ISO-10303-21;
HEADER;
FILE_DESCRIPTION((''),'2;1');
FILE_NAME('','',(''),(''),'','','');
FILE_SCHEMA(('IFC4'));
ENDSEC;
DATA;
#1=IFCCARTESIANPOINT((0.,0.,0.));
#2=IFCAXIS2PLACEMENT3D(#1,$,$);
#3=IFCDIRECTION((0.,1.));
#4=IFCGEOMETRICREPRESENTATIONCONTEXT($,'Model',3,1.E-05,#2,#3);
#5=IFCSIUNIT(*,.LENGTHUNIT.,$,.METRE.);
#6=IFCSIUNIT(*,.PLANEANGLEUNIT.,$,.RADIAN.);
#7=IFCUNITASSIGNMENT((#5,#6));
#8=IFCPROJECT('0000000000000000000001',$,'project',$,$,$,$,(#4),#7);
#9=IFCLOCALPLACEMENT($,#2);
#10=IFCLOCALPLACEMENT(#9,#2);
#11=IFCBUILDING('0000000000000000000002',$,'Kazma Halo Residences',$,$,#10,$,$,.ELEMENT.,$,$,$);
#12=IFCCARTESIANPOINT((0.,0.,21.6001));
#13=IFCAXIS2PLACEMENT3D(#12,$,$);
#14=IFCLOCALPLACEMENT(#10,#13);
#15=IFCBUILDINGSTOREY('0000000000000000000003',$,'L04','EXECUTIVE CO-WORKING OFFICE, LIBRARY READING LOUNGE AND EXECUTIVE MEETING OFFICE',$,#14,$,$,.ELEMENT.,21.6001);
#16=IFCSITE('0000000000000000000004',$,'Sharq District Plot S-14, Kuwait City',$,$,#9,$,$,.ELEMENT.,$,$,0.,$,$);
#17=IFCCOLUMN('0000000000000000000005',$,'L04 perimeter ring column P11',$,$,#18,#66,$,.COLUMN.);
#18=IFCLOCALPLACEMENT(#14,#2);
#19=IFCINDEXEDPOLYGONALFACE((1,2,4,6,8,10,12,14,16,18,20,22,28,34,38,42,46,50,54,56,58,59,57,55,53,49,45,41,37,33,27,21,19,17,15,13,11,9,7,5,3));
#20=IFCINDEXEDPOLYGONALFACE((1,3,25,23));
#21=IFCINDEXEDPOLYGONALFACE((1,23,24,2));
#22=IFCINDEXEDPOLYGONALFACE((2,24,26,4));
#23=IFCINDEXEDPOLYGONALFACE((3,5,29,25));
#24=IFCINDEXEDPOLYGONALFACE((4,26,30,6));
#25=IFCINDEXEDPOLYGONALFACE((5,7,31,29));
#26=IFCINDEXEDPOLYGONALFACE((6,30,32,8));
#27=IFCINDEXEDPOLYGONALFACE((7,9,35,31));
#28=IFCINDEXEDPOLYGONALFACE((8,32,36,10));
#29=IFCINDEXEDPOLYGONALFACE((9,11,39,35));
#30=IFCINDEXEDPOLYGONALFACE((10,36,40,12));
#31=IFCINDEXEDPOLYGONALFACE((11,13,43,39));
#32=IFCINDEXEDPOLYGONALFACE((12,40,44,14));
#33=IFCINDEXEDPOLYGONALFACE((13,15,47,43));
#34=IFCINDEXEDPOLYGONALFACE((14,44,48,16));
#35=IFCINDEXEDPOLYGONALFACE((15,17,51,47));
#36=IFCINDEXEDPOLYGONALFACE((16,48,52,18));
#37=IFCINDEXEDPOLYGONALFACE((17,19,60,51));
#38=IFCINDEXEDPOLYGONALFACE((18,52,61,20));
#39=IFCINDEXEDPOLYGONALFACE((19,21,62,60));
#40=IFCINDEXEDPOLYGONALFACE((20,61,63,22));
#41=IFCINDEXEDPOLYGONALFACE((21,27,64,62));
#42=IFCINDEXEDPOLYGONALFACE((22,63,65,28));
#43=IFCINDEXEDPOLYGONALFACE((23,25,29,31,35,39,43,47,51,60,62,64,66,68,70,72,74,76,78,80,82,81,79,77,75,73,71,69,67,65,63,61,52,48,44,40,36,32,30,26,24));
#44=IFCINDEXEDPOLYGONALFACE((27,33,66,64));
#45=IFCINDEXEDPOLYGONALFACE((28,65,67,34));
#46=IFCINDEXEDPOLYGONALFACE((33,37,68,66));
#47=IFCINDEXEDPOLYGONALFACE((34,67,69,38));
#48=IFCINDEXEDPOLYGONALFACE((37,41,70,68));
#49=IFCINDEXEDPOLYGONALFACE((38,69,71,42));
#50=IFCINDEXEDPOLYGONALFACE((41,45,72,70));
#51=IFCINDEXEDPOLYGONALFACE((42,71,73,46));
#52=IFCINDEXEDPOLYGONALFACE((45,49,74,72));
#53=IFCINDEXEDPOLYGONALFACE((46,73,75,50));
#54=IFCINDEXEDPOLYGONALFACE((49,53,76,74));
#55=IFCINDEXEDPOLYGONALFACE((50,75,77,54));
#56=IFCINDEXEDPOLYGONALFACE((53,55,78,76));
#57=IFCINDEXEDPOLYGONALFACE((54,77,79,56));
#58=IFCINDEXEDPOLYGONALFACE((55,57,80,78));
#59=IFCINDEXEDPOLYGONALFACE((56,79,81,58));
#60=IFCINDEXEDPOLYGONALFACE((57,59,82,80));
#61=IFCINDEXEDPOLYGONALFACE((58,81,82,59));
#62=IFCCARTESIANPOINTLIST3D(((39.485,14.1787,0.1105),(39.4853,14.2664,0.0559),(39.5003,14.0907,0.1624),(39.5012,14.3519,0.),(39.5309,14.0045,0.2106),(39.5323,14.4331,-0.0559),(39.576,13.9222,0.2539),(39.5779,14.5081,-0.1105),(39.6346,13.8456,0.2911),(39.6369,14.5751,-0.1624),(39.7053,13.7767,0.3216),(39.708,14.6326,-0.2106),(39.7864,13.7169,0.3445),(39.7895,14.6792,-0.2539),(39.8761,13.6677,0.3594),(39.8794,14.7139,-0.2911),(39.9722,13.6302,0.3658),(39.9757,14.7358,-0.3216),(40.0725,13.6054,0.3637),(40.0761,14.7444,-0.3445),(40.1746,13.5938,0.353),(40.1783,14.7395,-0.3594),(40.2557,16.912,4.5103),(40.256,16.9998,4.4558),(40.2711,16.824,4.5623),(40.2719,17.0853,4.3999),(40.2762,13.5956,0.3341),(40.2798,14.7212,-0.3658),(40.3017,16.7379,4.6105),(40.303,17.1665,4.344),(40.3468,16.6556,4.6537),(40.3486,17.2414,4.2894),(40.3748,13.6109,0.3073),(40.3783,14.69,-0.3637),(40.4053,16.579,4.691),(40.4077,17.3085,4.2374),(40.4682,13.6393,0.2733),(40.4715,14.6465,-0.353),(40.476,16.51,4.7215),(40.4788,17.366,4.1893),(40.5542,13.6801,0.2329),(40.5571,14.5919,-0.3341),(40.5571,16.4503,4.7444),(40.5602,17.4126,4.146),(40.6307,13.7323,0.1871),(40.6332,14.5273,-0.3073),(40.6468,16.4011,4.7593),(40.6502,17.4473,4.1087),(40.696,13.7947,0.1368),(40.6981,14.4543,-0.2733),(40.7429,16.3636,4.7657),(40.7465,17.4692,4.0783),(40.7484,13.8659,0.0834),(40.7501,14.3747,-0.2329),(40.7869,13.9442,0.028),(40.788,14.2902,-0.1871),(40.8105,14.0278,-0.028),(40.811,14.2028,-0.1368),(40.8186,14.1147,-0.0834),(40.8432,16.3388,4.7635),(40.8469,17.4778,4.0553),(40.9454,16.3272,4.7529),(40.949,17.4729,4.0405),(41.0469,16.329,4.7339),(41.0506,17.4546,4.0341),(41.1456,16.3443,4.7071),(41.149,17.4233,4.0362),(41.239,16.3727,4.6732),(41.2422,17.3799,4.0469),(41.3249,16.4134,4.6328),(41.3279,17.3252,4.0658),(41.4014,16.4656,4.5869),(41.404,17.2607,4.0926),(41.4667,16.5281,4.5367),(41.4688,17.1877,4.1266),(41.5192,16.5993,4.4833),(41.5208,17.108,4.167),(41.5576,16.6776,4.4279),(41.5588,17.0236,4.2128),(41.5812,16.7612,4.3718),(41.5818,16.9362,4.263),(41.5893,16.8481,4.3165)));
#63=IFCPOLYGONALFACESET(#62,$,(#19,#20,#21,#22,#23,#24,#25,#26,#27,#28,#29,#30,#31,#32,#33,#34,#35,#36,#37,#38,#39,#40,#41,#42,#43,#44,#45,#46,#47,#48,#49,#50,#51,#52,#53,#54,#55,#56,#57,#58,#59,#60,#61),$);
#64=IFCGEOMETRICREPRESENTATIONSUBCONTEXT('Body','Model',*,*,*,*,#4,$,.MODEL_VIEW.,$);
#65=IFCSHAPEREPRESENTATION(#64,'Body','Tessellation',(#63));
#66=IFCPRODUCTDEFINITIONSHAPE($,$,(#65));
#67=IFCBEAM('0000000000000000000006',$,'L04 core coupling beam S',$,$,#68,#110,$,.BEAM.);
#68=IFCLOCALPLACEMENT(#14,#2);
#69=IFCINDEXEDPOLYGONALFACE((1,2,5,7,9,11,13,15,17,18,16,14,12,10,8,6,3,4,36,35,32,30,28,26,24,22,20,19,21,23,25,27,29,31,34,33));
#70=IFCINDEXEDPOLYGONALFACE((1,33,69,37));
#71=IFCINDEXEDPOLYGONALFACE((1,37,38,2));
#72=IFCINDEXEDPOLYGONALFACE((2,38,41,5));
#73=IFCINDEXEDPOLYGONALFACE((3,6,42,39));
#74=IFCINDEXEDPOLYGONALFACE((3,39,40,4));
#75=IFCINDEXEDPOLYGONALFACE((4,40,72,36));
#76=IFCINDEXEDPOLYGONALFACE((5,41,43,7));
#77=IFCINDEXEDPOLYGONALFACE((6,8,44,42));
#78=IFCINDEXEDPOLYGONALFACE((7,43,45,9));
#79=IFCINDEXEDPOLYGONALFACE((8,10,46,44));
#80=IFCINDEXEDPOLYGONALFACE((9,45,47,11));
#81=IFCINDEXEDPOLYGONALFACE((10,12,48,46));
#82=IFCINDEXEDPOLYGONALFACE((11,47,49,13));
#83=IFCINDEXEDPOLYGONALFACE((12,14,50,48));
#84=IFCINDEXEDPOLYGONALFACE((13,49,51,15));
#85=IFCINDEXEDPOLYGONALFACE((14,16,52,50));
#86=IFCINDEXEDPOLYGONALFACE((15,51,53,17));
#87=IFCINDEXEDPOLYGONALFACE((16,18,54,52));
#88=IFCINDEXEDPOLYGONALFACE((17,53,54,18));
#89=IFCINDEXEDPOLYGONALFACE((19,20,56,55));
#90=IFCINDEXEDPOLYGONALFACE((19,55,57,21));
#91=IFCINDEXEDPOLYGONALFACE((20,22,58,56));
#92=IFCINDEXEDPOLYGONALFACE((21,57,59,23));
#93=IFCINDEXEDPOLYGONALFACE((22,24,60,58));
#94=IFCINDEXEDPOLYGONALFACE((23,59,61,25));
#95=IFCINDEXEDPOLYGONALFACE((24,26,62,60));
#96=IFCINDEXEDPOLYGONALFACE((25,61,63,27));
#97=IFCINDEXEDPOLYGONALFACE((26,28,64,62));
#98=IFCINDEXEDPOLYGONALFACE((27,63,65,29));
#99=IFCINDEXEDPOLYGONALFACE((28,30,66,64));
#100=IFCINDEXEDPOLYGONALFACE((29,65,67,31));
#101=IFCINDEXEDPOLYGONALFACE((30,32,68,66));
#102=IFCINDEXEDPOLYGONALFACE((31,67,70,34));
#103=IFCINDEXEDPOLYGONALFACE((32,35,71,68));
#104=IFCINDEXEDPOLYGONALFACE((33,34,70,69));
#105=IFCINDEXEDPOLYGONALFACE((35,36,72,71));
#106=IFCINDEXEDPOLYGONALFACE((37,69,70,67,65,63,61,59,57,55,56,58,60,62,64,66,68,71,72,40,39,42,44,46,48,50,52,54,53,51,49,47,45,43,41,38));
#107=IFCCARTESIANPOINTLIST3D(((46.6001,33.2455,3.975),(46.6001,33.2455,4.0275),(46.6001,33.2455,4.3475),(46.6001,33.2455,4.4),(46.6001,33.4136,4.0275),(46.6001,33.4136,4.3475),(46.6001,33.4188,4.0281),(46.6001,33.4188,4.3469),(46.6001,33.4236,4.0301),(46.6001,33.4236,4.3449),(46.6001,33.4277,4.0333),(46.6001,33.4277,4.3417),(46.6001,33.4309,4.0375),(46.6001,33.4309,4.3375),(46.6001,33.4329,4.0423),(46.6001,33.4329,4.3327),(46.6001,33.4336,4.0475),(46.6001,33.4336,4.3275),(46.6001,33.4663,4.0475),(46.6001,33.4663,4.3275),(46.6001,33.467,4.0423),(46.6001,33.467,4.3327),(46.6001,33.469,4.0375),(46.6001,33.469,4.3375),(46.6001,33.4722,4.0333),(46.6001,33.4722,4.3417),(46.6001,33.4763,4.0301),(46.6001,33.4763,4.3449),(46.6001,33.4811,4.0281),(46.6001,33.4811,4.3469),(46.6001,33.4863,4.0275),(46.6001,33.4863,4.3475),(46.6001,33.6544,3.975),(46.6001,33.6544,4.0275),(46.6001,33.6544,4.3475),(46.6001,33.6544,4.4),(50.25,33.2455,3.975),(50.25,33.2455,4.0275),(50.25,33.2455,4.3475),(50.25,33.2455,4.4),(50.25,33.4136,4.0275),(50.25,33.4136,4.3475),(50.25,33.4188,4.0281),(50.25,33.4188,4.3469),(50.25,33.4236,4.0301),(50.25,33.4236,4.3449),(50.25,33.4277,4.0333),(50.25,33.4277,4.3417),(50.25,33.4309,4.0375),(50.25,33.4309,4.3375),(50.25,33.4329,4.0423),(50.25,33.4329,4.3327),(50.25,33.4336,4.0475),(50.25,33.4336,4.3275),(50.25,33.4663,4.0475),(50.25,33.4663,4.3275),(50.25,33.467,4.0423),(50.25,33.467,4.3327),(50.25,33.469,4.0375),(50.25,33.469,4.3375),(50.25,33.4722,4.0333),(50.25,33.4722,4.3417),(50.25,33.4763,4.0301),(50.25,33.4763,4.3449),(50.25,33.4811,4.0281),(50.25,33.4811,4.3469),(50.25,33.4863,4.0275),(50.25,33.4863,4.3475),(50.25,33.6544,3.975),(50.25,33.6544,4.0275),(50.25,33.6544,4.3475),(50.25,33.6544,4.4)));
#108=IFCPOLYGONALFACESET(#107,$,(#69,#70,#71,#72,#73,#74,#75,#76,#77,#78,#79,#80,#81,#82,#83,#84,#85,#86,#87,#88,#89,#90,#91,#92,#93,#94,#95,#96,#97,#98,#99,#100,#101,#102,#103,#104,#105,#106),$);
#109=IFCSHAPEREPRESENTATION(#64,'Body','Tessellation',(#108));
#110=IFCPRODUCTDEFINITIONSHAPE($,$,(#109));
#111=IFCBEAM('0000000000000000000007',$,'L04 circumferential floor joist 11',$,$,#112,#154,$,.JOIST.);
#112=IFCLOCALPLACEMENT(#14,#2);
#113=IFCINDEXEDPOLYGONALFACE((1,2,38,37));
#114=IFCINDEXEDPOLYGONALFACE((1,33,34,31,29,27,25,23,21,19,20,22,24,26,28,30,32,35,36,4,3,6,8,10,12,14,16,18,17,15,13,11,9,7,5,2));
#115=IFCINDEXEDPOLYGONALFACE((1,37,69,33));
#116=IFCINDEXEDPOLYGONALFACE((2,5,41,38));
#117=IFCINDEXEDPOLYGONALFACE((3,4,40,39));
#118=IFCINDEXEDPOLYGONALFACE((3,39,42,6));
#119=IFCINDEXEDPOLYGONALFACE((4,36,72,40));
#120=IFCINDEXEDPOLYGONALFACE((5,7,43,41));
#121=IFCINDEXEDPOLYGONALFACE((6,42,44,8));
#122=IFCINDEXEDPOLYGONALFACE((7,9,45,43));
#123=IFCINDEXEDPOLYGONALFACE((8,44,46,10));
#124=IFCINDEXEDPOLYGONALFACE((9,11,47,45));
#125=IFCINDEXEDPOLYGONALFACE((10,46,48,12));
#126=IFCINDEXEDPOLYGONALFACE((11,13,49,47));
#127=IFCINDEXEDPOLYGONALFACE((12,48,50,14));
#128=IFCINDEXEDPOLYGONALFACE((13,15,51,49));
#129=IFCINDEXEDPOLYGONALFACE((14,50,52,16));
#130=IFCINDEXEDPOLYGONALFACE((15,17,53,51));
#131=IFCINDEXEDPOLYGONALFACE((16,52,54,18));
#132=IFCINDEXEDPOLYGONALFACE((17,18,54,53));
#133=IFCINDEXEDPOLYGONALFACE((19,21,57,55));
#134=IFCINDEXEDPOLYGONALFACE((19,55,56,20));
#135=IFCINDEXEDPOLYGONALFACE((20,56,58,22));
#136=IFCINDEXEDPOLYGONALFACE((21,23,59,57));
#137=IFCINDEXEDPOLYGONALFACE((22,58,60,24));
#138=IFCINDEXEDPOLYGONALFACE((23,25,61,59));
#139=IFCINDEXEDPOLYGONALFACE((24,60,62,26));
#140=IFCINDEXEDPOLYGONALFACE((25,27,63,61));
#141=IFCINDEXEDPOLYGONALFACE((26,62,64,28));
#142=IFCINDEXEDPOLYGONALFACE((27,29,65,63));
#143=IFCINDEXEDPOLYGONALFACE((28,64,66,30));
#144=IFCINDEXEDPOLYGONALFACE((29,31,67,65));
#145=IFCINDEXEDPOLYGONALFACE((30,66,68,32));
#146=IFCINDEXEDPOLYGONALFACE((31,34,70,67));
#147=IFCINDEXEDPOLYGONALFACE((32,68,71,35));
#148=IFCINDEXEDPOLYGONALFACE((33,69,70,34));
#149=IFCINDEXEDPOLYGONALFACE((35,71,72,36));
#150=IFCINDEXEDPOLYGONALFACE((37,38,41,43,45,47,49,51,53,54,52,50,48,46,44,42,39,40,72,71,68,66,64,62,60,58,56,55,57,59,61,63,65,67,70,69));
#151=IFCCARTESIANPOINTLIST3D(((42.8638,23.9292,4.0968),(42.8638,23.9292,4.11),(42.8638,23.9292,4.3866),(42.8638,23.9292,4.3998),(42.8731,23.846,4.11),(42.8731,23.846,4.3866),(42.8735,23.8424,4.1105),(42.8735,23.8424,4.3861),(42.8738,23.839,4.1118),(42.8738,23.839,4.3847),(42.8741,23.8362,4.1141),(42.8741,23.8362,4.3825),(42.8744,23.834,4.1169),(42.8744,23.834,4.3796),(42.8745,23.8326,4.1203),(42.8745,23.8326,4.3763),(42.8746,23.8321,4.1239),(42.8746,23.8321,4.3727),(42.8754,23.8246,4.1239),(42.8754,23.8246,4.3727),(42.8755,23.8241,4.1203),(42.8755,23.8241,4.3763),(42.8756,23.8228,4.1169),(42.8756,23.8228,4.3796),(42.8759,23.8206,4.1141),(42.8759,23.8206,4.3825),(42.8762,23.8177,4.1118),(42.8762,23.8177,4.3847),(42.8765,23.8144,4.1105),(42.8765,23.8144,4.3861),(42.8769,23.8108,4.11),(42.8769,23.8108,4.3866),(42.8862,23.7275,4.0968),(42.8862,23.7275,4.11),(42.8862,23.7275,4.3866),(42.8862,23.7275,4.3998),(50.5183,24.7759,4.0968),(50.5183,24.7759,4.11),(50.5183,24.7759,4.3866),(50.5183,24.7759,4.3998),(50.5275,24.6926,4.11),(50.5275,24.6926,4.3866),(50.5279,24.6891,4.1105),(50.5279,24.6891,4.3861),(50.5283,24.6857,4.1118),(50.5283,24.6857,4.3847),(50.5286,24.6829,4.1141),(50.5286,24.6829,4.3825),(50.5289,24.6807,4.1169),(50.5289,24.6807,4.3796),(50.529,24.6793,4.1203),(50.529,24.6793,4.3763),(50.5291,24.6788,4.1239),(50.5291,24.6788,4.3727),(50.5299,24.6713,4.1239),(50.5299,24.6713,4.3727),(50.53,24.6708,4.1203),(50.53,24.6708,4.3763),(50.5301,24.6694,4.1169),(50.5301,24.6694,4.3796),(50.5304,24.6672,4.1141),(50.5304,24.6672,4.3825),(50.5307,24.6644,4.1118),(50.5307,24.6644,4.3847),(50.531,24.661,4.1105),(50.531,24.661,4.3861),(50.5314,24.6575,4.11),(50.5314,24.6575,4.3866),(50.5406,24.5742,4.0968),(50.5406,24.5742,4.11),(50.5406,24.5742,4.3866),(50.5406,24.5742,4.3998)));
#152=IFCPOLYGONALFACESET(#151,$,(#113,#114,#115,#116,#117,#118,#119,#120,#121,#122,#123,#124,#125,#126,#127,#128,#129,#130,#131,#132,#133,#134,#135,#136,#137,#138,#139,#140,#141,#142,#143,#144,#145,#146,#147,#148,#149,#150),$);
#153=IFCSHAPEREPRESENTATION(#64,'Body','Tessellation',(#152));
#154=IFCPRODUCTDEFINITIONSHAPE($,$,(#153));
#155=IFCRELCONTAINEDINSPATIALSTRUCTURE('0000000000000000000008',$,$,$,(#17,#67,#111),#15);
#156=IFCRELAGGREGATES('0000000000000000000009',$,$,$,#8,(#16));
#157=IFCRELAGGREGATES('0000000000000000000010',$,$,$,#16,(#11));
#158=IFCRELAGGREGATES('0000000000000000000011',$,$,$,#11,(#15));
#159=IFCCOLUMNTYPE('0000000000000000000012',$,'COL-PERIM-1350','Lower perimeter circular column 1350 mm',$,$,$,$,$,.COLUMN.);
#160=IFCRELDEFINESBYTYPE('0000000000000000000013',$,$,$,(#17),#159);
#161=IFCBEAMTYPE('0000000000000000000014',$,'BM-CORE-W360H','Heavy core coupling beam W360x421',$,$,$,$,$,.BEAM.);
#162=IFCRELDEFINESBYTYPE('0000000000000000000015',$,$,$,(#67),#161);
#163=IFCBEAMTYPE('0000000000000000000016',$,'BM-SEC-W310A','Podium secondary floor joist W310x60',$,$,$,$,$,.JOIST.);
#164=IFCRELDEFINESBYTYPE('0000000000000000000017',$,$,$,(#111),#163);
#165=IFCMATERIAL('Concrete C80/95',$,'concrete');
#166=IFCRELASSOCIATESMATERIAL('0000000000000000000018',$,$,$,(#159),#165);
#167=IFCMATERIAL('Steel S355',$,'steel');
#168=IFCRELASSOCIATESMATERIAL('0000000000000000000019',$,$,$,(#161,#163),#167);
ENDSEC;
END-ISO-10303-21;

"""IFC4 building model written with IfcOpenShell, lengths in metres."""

from ifc_helpers import new_model, si_unit, direction, frame, origin, origin_2d, place, context, subcontext, project, spatial, circle, i_section, extrude, material, material_profile, profile_set, type_object, element, save


model = new_model("IFC4")

# Units and contexts
model_context = context("Model", 3, precision=1e-05, world=origin(), true_north=direction((0.0, 1.0)))
body_context = subcontext(model_context, "Body", "Model", "MODEL_VIEW")
ifc_project = project(units=[si_unit("LENGTHUNIT", "METRE"), si_unit("PLANEANGLEUNIT", "RADIAN")], contexts=[model_context])

# Site, building, storey
site_placement = place(None, origin())
site = spatial("IfcSite", under=ifc_project, at=site_placement, Name="Sharq District Plot S-14, Kuwait City", CompositionType="ELEMENT", RefElevation=0.0)
building_placement = place(site_placement, origin())
building = spatial("IfcBuilding", under=site, at=building_placement, Name="Kazma Halo Residences", CompositionType="ELEMENT")
storey_placement = place(building_placement, frame((0.0, 0.0, 21.6001)))
storey = spatial("IfcBuildingStorey", under=building, at=storey_placement, Name="L04", Description="EXECUTIVE CO-WORKING OFFICE, LIBRARY READING LOUNGE AND EXECUTIVE MEETING OFFICE", CompositionType="ELEMENT", Elevation=21.6001)

# Column
ifc_material_1 = material(Name="Concrete C80/95", Category="concrete")
ifc_material_profile_1 = material_profile(ifc_material_1, circle(Radius=0.675, at=origin_2d()), Name="CIRC1350")
ifc_profile_set_1 = profile_set([ifc_material_profile_1], Name="Concrete C80/95")
column_type = type_object("IfcColumnType", Name="COL-PERIM-1350", Description="Lower perimeter circular column 1350 mm", PredefinedType="COLUMN", material=ifc_profile_set_1)
column_placement = place(storey_placement, frame((40.1509, 14.1687, 0.0), z_axis=(0.147178, 0.521954, 0.84018), x_axis=(-0.962469, 0.271393, 0.0)))
element("IfcColumn", 1, at=column_placement, inside=storey, type_object=column_type, Name="L04 perimeter ring column P11", PredefinedType="COLUMN", context=body_context, shape_type="SweptSolid", body=[
    extrude(circle(Radius=0.675, at=origin_2d()), origin(), (0.0, 0.0, 1.0), 5.2368),
])

# Beams
ifc_material_2 = material(Name="Steel S355", Category="steel")
ifc_material_profile_2 = material_profile(ifc_material_2, i_section(OverallWidth=0.4089, OverallDepth=0.425, WebThickness=0.0327, FlangeThickness=0.0525, FilletRadius=0.02, at=origin_2d()), Name="W360x421")
ifc_profile_set_2 = profile_set([ifc_material_profile_2], Name="Steel S355")
beam_type_1 = type_object("IfcBeamType", Name="BM-CORE-W360H", Description="Heavy core coupling beam W360x421", PredefinedType="BEAM", material=ifc_profile_set_2)
beam_1_placement = place(storey_placement, frame((46.6001, 33.45, 4.1875), z_axis=(1.0, 0.0, 0.0), x_axis=(0.0, 1.0, 0.0)))
element("IfcBeam", 2, at=beam_1_placement, inside=storey, type_object=beam_type_1, Name="L04 core coupling beam S", PredefinedType="BEAM", context=body_context, shape_type="SweptSolid", body=[
    extrude(i_section(OverallWidth=0.4089, OverallDepth=0.425, WebThickness=0.0327, FlangeThickness=0.0525, FilletRadius=0.02, at=origin_2d()), origin(), (0.0, 0.0, 1.0), 3.6499),
])
ifc_material_profile_3 = material_profile(ifc_material_2, i_section(OverallWidth=0.2029, OverallDepth=0.303, WebThickness=0.0076, FlangeThickness=0.0132, FilletRadius=0.0139, at=origin_2d()), Name="W310x60")
ifc_profile_set_3 = profile_set([ifc_material_profile_3], Name="Steel S355")
beam_type_2 = type_object("IfcBeamType", Name="BM-SEC-W310A", Description="Podium secondary floor joist W310x60", PredefinedType="JOIST", material=ifc_profile_set_3)
beam_2_placement = place(storey_placement, frame((42.875, 23.8284, 4.2483), z_axis=(0.993938, 0.109941, 0.0), x_axis=(-0.109941, 0.993938, 0.0)))
element("IfcBeam", 3, at=beam_2_placement, inside=storey, type_object=beam_type_2, Name="L04 circumferential floor joist 11", PredefinedType="JOIST", context=body_context, shape_type="SweptSolid", body=[
    extrude(i_section(OverallWidth=0.2029, OverallDepth=0.303, WebThickness=0.0076, FlangeThickness=0.0132, FilletRadius=0.0139, at=origin_2d()), origin(), (0.0, 0.0, 1.0), 7.7012),
])

save(model, "model.ifc")
